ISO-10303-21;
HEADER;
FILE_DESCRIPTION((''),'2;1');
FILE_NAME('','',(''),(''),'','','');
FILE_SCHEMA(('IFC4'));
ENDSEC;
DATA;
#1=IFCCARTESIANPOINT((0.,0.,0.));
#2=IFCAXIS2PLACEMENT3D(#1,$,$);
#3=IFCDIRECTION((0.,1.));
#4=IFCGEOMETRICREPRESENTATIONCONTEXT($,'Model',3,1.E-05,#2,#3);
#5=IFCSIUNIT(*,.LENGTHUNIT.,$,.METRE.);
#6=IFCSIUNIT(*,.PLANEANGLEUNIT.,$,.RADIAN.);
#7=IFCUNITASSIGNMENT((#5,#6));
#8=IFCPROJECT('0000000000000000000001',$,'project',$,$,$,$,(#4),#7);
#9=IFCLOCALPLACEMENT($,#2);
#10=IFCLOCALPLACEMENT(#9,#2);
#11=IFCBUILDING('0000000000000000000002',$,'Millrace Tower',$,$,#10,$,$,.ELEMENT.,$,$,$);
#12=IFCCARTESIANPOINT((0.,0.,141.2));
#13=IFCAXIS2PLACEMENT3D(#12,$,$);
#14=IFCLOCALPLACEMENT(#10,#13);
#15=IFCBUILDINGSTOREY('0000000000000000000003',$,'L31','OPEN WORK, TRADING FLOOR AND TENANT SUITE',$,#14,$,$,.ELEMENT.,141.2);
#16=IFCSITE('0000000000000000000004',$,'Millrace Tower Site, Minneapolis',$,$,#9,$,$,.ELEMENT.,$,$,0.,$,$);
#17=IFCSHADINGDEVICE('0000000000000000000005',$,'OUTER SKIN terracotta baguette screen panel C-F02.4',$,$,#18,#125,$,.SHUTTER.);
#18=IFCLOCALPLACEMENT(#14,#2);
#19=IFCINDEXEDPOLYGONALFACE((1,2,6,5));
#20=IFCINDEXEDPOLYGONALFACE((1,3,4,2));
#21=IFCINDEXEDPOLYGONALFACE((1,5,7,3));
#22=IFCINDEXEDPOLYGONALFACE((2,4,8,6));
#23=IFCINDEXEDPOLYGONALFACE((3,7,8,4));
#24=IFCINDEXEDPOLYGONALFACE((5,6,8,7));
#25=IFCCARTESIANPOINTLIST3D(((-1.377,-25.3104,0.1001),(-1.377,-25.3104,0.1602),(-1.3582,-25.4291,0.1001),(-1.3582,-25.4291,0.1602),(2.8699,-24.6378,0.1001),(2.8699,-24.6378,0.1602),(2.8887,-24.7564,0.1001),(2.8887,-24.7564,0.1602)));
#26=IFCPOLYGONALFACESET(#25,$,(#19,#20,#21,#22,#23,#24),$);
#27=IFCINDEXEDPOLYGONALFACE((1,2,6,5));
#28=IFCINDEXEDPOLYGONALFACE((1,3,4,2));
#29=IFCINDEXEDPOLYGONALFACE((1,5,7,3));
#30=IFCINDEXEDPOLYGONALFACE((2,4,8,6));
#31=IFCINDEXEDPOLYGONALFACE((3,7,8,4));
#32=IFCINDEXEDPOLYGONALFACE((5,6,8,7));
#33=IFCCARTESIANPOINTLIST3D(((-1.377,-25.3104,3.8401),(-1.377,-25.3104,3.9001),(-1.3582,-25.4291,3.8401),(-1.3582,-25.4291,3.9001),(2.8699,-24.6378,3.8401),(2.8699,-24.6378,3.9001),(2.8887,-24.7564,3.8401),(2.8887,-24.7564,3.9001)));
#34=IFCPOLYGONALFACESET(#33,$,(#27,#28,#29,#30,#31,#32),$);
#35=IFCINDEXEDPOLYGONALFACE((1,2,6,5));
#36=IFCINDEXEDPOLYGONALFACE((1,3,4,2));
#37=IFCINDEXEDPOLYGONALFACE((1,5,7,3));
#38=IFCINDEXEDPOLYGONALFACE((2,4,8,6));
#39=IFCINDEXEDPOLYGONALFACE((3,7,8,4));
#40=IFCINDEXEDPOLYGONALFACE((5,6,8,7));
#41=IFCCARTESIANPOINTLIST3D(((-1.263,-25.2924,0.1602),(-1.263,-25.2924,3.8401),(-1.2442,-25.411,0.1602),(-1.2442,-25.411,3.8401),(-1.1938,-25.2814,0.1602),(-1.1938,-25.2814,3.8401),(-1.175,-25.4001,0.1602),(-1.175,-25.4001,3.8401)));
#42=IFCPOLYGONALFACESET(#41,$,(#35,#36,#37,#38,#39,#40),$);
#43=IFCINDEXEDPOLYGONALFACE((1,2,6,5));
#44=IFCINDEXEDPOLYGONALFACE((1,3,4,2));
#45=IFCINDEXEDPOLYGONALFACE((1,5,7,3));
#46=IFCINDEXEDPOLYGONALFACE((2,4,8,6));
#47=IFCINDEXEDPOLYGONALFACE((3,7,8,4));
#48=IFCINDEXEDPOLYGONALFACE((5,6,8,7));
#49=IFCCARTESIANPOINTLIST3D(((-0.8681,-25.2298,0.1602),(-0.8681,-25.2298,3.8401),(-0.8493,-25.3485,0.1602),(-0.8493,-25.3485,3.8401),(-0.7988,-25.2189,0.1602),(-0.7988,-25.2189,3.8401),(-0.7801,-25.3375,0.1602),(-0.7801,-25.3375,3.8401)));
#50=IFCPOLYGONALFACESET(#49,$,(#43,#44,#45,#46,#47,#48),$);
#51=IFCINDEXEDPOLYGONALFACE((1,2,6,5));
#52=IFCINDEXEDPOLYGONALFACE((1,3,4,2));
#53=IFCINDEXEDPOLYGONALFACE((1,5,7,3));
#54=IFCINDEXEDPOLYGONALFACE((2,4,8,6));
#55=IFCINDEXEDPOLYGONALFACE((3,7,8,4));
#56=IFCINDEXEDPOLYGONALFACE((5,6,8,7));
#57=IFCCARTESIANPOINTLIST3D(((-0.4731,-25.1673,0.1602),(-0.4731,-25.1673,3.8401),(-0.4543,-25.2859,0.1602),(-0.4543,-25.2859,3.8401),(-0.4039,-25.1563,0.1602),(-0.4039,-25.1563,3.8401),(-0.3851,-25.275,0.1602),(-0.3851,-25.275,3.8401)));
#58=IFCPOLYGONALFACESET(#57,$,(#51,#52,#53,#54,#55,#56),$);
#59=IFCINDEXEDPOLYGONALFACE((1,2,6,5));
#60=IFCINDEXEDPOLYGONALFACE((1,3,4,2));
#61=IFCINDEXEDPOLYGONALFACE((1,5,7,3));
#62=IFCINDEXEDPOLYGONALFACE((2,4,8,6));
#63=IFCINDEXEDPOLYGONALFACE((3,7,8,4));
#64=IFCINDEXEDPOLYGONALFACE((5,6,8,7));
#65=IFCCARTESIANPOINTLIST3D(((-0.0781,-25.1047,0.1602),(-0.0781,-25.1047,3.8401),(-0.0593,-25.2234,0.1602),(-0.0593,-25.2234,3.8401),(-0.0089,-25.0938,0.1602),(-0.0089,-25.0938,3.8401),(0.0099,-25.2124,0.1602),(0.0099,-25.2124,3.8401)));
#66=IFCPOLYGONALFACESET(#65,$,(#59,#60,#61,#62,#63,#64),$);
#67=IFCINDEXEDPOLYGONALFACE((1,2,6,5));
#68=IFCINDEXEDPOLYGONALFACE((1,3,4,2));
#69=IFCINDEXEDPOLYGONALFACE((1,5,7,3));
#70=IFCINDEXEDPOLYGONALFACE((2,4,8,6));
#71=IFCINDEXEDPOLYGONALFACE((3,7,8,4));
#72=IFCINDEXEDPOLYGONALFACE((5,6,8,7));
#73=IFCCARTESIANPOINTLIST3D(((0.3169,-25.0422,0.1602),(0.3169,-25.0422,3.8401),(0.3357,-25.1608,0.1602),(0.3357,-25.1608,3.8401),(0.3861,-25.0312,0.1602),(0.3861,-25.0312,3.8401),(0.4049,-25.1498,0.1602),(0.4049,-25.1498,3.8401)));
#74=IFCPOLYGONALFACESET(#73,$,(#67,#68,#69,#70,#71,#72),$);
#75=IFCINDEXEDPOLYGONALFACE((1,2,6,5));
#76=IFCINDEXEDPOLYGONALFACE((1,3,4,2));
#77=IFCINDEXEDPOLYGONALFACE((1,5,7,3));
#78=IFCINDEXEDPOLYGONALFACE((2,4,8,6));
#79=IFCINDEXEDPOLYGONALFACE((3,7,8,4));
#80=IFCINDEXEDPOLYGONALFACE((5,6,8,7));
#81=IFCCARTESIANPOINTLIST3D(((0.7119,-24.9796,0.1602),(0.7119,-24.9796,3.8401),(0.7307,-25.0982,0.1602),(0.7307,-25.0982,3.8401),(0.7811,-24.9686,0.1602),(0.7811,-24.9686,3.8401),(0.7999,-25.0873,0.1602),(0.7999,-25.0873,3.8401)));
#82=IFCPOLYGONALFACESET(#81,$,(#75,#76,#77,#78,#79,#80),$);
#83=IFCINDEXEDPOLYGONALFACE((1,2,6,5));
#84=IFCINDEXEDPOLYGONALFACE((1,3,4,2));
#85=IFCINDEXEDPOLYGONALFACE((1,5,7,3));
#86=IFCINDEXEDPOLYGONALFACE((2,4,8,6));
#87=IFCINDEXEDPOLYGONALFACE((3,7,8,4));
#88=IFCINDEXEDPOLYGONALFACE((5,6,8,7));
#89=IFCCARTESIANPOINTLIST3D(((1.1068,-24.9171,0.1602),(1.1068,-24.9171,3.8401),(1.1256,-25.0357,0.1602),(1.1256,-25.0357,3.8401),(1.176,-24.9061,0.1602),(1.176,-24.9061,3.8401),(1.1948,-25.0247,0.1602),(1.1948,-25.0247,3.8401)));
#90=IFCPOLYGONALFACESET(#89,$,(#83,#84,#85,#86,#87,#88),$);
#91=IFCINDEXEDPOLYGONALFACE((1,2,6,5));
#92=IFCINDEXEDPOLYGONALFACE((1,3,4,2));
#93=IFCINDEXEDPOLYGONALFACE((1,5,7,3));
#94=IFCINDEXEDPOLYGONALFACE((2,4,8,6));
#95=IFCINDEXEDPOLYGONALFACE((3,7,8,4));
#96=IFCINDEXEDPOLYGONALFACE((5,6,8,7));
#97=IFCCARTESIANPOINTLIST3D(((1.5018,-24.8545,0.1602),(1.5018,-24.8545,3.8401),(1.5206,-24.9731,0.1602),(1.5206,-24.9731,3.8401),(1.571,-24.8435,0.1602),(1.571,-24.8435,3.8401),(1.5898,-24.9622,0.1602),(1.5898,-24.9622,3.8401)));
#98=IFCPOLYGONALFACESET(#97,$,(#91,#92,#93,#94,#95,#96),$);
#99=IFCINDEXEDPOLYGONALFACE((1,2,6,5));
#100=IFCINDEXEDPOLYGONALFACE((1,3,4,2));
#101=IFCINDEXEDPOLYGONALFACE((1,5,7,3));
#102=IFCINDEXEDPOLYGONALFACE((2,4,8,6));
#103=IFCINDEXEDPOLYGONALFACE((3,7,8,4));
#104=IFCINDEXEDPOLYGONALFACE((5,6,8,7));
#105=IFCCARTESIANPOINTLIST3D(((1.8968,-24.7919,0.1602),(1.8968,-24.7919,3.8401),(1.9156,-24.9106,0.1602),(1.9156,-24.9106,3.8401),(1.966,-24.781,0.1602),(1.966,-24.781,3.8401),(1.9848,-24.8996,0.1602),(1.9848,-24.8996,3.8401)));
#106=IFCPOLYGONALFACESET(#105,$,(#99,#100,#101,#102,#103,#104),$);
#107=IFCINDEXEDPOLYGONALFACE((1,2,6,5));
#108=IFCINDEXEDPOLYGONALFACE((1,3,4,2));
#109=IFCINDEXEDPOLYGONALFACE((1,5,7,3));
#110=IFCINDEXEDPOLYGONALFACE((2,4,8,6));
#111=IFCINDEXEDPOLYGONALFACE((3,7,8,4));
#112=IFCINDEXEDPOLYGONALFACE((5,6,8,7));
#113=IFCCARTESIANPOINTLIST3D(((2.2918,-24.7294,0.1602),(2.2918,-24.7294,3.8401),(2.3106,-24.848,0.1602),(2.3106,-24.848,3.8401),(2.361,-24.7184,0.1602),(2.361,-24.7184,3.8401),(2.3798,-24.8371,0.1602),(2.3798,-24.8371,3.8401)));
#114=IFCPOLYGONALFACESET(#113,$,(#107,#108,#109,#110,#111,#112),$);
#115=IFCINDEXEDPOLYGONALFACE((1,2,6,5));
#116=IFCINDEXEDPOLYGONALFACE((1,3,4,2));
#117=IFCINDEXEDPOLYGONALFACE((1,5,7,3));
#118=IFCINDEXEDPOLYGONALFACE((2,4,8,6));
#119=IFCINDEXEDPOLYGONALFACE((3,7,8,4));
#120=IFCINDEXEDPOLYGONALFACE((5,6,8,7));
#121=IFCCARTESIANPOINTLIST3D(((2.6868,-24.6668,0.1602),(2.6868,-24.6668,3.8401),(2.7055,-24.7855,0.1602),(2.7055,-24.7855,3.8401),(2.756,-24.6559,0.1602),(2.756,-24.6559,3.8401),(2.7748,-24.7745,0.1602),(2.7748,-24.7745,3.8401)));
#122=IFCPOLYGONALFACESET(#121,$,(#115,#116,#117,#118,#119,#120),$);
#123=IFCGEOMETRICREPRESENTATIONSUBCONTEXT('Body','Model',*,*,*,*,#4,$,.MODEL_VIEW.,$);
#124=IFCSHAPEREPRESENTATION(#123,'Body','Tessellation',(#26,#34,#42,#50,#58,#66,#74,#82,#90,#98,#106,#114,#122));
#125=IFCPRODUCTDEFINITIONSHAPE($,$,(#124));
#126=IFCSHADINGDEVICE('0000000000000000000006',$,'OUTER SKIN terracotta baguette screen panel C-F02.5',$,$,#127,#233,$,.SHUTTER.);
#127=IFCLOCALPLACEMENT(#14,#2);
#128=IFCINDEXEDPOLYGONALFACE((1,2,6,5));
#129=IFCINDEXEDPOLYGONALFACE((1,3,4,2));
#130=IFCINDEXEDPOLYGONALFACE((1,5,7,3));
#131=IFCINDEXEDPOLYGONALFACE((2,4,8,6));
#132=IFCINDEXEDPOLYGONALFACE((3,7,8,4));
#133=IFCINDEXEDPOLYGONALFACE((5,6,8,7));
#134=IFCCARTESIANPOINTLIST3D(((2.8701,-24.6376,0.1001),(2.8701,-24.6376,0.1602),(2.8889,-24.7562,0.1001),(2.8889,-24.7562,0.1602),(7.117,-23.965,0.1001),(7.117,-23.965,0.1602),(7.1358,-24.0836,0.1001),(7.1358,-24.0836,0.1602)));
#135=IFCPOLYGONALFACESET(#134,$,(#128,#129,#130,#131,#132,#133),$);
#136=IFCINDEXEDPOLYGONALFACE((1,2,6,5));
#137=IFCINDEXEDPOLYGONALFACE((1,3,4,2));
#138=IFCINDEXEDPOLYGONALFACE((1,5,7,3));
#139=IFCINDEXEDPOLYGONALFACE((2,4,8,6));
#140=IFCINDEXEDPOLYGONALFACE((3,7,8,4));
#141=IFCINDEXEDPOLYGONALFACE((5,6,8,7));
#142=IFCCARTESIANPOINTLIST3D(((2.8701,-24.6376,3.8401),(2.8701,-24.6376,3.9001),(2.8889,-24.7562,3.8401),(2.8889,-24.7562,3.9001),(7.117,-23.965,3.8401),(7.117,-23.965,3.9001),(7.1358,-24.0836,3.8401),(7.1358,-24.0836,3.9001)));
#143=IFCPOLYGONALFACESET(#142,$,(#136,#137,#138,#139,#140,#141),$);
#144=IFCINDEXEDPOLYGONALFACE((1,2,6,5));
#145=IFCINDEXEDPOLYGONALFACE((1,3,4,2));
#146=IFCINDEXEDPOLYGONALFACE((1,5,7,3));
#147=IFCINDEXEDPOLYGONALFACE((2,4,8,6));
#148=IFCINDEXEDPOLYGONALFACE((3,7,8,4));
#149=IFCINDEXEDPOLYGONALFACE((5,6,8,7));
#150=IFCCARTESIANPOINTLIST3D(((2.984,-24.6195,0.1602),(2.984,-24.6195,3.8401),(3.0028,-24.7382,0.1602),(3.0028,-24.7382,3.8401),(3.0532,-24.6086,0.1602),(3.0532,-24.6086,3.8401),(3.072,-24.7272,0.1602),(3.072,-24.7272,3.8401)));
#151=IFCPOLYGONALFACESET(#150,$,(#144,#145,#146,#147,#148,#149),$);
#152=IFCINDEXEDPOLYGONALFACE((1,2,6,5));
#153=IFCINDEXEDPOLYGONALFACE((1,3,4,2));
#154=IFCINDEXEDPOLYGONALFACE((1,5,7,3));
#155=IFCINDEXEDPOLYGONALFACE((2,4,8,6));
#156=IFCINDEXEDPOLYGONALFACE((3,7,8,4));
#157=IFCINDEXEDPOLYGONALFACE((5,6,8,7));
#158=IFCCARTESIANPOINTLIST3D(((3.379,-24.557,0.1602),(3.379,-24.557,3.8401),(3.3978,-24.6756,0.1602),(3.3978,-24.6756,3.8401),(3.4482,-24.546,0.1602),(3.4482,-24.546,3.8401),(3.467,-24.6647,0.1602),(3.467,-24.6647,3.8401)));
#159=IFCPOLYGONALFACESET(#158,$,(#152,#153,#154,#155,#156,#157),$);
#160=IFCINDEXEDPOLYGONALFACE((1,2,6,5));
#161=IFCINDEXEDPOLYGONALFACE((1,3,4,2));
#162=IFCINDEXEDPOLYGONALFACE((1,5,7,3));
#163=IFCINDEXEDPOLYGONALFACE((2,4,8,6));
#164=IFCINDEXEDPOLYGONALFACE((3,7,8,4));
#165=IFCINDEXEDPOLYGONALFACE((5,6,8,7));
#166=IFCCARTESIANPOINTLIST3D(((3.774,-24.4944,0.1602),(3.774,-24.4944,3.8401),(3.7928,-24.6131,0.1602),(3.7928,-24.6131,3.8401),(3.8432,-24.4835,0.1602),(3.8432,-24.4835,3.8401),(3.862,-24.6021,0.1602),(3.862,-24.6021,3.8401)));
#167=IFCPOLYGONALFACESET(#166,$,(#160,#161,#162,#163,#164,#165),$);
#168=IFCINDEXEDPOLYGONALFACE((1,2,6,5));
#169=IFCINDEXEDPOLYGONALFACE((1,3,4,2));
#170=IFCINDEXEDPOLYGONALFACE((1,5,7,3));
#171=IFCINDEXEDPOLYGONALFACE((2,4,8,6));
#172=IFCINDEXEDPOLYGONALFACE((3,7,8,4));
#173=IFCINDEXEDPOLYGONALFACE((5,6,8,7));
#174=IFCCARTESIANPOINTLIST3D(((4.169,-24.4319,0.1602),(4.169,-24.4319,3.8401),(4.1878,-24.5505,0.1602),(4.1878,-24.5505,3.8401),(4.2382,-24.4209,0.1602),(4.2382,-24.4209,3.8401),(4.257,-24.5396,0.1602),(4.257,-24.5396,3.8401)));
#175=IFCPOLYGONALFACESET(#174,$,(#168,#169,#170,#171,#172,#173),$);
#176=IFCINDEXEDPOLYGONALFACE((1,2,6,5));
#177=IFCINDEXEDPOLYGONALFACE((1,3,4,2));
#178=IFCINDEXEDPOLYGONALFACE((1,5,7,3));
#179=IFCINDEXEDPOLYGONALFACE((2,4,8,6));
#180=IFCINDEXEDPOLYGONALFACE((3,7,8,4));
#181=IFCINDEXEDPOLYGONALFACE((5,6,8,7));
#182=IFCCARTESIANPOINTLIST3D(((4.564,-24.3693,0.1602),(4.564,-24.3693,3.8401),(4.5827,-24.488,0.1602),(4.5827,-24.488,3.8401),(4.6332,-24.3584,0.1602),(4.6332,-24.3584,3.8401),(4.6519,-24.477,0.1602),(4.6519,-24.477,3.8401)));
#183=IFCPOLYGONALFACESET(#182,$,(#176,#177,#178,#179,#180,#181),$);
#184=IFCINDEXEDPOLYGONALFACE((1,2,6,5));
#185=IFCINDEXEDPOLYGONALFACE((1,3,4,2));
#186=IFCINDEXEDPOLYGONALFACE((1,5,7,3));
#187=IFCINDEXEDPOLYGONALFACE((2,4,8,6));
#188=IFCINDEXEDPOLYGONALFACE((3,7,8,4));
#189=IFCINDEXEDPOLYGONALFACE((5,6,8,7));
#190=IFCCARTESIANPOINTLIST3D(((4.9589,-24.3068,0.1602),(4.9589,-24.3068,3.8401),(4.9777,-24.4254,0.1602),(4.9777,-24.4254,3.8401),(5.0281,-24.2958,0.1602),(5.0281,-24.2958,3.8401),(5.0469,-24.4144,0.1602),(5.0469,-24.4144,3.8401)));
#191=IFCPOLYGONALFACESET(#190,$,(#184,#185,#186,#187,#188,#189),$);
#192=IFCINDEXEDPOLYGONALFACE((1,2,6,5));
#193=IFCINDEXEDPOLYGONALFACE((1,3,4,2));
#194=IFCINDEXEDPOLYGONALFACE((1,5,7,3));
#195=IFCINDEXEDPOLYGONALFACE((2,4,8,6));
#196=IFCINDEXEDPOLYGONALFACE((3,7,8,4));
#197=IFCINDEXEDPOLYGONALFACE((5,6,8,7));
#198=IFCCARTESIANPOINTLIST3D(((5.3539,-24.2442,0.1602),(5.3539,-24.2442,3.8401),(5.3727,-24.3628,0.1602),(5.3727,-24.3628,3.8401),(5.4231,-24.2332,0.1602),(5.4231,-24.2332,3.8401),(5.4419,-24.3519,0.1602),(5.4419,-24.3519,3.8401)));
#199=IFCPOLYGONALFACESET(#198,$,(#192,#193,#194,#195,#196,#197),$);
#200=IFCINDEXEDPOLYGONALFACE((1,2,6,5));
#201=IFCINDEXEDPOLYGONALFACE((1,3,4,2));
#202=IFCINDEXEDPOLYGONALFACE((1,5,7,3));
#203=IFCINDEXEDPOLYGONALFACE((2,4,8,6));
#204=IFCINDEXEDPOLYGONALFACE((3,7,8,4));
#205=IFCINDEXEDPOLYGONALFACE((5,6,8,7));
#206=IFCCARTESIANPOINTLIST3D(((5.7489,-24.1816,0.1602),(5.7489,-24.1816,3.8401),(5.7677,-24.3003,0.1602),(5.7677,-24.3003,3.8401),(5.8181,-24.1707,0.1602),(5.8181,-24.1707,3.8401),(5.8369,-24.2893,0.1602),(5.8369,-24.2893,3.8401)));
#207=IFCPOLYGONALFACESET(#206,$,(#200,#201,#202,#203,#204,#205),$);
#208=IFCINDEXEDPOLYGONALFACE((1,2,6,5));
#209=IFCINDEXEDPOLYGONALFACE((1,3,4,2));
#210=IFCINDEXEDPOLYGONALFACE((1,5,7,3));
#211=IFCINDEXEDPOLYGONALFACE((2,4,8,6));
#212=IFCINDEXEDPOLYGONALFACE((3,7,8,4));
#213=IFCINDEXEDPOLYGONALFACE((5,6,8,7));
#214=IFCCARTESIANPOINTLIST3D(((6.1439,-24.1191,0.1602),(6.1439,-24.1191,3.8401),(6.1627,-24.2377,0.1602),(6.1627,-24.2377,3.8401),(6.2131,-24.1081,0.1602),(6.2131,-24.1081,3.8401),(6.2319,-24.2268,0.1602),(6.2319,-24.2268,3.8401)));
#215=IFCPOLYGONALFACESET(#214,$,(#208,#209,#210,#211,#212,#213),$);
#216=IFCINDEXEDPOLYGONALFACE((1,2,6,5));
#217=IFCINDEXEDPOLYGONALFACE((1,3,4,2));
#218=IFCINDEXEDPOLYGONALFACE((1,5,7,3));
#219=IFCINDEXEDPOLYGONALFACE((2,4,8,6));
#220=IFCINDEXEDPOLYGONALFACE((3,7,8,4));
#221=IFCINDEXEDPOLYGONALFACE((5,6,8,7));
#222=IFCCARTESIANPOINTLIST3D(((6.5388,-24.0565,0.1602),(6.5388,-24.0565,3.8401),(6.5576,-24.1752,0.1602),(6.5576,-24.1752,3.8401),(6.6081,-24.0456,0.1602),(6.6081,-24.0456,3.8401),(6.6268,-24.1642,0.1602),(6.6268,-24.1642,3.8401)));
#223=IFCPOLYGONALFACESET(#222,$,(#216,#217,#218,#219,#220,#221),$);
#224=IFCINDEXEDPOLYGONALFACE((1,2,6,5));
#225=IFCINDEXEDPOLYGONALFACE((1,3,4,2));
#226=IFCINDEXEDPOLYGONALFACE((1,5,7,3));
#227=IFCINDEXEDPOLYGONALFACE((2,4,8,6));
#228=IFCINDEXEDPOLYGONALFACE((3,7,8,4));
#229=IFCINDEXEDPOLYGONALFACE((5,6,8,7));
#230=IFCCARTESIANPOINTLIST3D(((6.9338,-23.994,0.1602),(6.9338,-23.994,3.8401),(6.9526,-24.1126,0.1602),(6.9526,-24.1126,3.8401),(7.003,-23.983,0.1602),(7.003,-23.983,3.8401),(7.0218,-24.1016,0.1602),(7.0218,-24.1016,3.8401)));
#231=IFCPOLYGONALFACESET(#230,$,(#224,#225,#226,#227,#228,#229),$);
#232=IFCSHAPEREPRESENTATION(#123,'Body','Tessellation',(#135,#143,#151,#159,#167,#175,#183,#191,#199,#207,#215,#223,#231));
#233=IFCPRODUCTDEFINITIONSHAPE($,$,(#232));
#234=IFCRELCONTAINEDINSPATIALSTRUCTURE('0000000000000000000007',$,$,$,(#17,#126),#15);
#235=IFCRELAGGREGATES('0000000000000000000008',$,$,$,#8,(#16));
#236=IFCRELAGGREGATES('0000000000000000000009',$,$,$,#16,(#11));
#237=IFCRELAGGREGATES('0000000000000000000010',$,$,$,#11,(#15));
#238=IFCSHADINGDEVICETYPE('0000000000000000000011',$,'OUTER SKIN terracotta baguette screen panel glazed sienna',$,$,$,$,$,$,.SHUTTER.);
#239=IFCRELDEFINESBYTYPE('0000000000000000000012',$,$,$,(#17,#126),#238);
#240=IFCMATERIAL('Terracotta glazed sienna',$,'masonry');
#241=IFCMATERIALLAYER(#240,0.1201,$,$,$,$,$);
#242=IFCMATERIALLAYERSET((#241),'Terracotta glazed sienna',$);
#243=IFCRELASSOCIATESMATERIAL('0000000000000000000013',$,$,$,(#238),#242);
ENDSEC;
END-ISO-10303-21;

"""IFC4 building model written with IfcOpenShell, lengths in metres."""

from ifc_helpers import new_model, entity, si_unit, direction, frame, frame_2d, origin, origin_2d, place, context, subcontext, project, spatial, rectangle, extrude, source, transform, mapped, material, layer, layer_set, type_object, element, save


model = new_model("IFC4")

# Units and contexts
model_context = context("Model", 3, precision=1e-05, world=origin(), true_north=direction((0.0, 1.0)))
body_context = subcontext(model_context, "Body", "Model", "MODEL_VIEW")
ifc_project = project(units=[si_unit("LENGTHUNIT", "METRE"), si_unit("PLANEANGLEUNIT", "RADIAN")], contexts=[model_context])

# Site, building, storey
site_placement = place(None, origin())
site = spatial("IfcSite", under=ifc_project, at=site_placement, Name="Millrace Tower Site, Minneapolis", CompositionType="ELEMENT", RefElevation=0.0)
building_placement = place(site_placement, origin())
building = spatial("IfcBuilding", under=site, at=building_placement, Name="Millrace Tower", CompositionType="ELEMENT")
storey_placement = place(building_placement, frame((0.0, 0.0, 141.2)))
storey = spatial("IfcBuildingStorey", under=building, at=storey_placement, Name="L31", Description="OPEN WORK, TRADING FLOOR AND TENANT SUITE", CompositionType="ELEMENT", Elevation=141.2)

# Shading devices
ifc_material_1 = material(Name="Terracotta glazed sienna", Category="masonry")
ifc_layer_1 = layer(ifc_material_1, 0.1201)
ifc_layer_set_1 = layer_set([ifc_layer_1], Name="Terracotta glazed sienna")
shading_device_type = type_object("IfcShadingDeviceType", Name="OUTER SKIN terracotta baguette screen panel glazed sienna", PredefinedType="SHUTTER", material=ifc_layer_set_1)
cartesian_point = entity("IfcCartesianPoint", [-2.1499, 0.0601])
shared_polyline = entity("IfcPolyline", [cartesian_point, entity("IfcCartesianPoint", [2.1499, 0.0601]), entity("IfcCartesianPoint", [2.1499, -0.0601]), entity("IfcCartesianPoint", [-2.1499, -0.0601]), cartesian_point])
shared_shape = source(origin(), body_context, "Body", "SweptSolid", [
    entity("IfcExtrudedAreaSolid", entity("IfcArbitraryClosedProfileDef", "AREA", None, shared_polyline), entity("IfcAxis2Placement3D", entity("IfcCartesianPoint", [0.0, 0.0, 0.0])), entity("IfcDirection", [0.0, 0.0, 1.0]), 0.0601),
    entity("IfcExtrudedAreaSolid", entity("IfcArbitraryClosedProfileDef", "AREA", None, shared_polyline), entity("IfcAxis2Placement3D", entity("IfcCartesianPoint", [0.0, 0.0, 3.74])), entity("IfcDirection", [0.0, 0.0, 1.0]), 0.0601),
    extrude(rectangle(XDim=0.0701, YDim=0.1201, at=frame_2d((-1.9995, 0.0))), frame((0.0, 0.0, 0.0601)), (0.0, 0.0, 1.0), 3.6799),
    extrude(rectangle(XDim=0.0701, YDim=0.1201, at=frame_2d((-1.5996, 0.0))), frame((0.0, 0.0, 0.0601)), (0.0, 0.0, 1.0), 3.6799),
    extrude(rectangle(XDim=0.0701, YDim=0.1201, at=frame_2d((-1.1997, 0.0))), frame((0.0, 0.0, 0.0601)), (0.0, 0.0, 1.0), 3.6799),
    extrude(rectangle(XDim=0.0701, YDim=0.1201, at=frame_2d((-0.7998, 0.0))), frame((0.0, 0.0, 0.0601)), (0.0, 0.0, 1.0), 3.6799),
    extrude(rectangle(XDim=0.0701, YDim=0.1201, at=frame_2d((-0.3999, 0.0))), frame((0.0, 0.0, 0.0601)), (0.0, 0.0, 1.0), 3.6799),
    extrude(rectangle(XDim=0.0701, YDim=0.1201, at=origin_2d()), frame((0.0, 0.0, 0.0601)), (0.0, 0.0, 1.0), 3.6799),
    extrude(rectangle(XDim=0.0701, YDim=0.1201, at=frame_2d((0.3999, 0.0))), frame((0.0, 0.0, 0.0601)), (0.0, 0.0, 1.0), 3.6799),
    extrude(rectangle(XDim=0.0701, YDim=0.1201, at=frame_2d((0.7998, 0.0))), frame((0.0, 0.0, 0.0601)), (0.0, 0.0, 1.0), 3.6799),
    extrude(rectangle(XDim=0.0701, YDim=0.1201, at=frame_2d((1.1997, 0.0))), frame((0.0, 0.0, 0.0601)), (0.0, 0.0, 1.0), 3.6799),
    extrude(rectangle(XDim=0.0701, YDim=0.1201, at=frame_2d((1.5996, 0.0))), frame((0.0, 0.0, 0.0601)), (0.0, 0.0, 1.0), 3.6799),
    extrude(rectangle(XDim=0.0701, YDim=0.1201, at=frame_2d((1.9995, 0.0))), frame((0.0, 0.0, 0.0601)), (0.0, 0.0, 1.0), 3.6799),
])
for number, where, z_axis, x_axis, name in (
    (1, (0.7559, -25.0334, 0.1001), (0.0, 0.0, 1.0), (0.987688, 0.156434, 0.0), "OUTER SKIN terracotta baguette screen panel C-F02.4"),
    (2, (5.0029, -24.3606, 0.1001), (0.0, 0.0, 1.0), (0.987688, 0.156434, 0.0), "OUTER SKIN terracotta baguette screen panel C-F02.5"),
):
    element("IfcShadingDevice", number, at=place(storey_placement, frame(where, z_axis=z_axis, x_axis=x_axis)), inside=storey, type_object=shading_device_type, Name=name, PredefinedType="SHUTTER", context=body_context, shape_type="MappedRepresentation", body=[
        mapped(shared_shape, transform((0.0, 0.0, 0.0), scale=1.0)),
    ])

save(model, "model.ifc")
